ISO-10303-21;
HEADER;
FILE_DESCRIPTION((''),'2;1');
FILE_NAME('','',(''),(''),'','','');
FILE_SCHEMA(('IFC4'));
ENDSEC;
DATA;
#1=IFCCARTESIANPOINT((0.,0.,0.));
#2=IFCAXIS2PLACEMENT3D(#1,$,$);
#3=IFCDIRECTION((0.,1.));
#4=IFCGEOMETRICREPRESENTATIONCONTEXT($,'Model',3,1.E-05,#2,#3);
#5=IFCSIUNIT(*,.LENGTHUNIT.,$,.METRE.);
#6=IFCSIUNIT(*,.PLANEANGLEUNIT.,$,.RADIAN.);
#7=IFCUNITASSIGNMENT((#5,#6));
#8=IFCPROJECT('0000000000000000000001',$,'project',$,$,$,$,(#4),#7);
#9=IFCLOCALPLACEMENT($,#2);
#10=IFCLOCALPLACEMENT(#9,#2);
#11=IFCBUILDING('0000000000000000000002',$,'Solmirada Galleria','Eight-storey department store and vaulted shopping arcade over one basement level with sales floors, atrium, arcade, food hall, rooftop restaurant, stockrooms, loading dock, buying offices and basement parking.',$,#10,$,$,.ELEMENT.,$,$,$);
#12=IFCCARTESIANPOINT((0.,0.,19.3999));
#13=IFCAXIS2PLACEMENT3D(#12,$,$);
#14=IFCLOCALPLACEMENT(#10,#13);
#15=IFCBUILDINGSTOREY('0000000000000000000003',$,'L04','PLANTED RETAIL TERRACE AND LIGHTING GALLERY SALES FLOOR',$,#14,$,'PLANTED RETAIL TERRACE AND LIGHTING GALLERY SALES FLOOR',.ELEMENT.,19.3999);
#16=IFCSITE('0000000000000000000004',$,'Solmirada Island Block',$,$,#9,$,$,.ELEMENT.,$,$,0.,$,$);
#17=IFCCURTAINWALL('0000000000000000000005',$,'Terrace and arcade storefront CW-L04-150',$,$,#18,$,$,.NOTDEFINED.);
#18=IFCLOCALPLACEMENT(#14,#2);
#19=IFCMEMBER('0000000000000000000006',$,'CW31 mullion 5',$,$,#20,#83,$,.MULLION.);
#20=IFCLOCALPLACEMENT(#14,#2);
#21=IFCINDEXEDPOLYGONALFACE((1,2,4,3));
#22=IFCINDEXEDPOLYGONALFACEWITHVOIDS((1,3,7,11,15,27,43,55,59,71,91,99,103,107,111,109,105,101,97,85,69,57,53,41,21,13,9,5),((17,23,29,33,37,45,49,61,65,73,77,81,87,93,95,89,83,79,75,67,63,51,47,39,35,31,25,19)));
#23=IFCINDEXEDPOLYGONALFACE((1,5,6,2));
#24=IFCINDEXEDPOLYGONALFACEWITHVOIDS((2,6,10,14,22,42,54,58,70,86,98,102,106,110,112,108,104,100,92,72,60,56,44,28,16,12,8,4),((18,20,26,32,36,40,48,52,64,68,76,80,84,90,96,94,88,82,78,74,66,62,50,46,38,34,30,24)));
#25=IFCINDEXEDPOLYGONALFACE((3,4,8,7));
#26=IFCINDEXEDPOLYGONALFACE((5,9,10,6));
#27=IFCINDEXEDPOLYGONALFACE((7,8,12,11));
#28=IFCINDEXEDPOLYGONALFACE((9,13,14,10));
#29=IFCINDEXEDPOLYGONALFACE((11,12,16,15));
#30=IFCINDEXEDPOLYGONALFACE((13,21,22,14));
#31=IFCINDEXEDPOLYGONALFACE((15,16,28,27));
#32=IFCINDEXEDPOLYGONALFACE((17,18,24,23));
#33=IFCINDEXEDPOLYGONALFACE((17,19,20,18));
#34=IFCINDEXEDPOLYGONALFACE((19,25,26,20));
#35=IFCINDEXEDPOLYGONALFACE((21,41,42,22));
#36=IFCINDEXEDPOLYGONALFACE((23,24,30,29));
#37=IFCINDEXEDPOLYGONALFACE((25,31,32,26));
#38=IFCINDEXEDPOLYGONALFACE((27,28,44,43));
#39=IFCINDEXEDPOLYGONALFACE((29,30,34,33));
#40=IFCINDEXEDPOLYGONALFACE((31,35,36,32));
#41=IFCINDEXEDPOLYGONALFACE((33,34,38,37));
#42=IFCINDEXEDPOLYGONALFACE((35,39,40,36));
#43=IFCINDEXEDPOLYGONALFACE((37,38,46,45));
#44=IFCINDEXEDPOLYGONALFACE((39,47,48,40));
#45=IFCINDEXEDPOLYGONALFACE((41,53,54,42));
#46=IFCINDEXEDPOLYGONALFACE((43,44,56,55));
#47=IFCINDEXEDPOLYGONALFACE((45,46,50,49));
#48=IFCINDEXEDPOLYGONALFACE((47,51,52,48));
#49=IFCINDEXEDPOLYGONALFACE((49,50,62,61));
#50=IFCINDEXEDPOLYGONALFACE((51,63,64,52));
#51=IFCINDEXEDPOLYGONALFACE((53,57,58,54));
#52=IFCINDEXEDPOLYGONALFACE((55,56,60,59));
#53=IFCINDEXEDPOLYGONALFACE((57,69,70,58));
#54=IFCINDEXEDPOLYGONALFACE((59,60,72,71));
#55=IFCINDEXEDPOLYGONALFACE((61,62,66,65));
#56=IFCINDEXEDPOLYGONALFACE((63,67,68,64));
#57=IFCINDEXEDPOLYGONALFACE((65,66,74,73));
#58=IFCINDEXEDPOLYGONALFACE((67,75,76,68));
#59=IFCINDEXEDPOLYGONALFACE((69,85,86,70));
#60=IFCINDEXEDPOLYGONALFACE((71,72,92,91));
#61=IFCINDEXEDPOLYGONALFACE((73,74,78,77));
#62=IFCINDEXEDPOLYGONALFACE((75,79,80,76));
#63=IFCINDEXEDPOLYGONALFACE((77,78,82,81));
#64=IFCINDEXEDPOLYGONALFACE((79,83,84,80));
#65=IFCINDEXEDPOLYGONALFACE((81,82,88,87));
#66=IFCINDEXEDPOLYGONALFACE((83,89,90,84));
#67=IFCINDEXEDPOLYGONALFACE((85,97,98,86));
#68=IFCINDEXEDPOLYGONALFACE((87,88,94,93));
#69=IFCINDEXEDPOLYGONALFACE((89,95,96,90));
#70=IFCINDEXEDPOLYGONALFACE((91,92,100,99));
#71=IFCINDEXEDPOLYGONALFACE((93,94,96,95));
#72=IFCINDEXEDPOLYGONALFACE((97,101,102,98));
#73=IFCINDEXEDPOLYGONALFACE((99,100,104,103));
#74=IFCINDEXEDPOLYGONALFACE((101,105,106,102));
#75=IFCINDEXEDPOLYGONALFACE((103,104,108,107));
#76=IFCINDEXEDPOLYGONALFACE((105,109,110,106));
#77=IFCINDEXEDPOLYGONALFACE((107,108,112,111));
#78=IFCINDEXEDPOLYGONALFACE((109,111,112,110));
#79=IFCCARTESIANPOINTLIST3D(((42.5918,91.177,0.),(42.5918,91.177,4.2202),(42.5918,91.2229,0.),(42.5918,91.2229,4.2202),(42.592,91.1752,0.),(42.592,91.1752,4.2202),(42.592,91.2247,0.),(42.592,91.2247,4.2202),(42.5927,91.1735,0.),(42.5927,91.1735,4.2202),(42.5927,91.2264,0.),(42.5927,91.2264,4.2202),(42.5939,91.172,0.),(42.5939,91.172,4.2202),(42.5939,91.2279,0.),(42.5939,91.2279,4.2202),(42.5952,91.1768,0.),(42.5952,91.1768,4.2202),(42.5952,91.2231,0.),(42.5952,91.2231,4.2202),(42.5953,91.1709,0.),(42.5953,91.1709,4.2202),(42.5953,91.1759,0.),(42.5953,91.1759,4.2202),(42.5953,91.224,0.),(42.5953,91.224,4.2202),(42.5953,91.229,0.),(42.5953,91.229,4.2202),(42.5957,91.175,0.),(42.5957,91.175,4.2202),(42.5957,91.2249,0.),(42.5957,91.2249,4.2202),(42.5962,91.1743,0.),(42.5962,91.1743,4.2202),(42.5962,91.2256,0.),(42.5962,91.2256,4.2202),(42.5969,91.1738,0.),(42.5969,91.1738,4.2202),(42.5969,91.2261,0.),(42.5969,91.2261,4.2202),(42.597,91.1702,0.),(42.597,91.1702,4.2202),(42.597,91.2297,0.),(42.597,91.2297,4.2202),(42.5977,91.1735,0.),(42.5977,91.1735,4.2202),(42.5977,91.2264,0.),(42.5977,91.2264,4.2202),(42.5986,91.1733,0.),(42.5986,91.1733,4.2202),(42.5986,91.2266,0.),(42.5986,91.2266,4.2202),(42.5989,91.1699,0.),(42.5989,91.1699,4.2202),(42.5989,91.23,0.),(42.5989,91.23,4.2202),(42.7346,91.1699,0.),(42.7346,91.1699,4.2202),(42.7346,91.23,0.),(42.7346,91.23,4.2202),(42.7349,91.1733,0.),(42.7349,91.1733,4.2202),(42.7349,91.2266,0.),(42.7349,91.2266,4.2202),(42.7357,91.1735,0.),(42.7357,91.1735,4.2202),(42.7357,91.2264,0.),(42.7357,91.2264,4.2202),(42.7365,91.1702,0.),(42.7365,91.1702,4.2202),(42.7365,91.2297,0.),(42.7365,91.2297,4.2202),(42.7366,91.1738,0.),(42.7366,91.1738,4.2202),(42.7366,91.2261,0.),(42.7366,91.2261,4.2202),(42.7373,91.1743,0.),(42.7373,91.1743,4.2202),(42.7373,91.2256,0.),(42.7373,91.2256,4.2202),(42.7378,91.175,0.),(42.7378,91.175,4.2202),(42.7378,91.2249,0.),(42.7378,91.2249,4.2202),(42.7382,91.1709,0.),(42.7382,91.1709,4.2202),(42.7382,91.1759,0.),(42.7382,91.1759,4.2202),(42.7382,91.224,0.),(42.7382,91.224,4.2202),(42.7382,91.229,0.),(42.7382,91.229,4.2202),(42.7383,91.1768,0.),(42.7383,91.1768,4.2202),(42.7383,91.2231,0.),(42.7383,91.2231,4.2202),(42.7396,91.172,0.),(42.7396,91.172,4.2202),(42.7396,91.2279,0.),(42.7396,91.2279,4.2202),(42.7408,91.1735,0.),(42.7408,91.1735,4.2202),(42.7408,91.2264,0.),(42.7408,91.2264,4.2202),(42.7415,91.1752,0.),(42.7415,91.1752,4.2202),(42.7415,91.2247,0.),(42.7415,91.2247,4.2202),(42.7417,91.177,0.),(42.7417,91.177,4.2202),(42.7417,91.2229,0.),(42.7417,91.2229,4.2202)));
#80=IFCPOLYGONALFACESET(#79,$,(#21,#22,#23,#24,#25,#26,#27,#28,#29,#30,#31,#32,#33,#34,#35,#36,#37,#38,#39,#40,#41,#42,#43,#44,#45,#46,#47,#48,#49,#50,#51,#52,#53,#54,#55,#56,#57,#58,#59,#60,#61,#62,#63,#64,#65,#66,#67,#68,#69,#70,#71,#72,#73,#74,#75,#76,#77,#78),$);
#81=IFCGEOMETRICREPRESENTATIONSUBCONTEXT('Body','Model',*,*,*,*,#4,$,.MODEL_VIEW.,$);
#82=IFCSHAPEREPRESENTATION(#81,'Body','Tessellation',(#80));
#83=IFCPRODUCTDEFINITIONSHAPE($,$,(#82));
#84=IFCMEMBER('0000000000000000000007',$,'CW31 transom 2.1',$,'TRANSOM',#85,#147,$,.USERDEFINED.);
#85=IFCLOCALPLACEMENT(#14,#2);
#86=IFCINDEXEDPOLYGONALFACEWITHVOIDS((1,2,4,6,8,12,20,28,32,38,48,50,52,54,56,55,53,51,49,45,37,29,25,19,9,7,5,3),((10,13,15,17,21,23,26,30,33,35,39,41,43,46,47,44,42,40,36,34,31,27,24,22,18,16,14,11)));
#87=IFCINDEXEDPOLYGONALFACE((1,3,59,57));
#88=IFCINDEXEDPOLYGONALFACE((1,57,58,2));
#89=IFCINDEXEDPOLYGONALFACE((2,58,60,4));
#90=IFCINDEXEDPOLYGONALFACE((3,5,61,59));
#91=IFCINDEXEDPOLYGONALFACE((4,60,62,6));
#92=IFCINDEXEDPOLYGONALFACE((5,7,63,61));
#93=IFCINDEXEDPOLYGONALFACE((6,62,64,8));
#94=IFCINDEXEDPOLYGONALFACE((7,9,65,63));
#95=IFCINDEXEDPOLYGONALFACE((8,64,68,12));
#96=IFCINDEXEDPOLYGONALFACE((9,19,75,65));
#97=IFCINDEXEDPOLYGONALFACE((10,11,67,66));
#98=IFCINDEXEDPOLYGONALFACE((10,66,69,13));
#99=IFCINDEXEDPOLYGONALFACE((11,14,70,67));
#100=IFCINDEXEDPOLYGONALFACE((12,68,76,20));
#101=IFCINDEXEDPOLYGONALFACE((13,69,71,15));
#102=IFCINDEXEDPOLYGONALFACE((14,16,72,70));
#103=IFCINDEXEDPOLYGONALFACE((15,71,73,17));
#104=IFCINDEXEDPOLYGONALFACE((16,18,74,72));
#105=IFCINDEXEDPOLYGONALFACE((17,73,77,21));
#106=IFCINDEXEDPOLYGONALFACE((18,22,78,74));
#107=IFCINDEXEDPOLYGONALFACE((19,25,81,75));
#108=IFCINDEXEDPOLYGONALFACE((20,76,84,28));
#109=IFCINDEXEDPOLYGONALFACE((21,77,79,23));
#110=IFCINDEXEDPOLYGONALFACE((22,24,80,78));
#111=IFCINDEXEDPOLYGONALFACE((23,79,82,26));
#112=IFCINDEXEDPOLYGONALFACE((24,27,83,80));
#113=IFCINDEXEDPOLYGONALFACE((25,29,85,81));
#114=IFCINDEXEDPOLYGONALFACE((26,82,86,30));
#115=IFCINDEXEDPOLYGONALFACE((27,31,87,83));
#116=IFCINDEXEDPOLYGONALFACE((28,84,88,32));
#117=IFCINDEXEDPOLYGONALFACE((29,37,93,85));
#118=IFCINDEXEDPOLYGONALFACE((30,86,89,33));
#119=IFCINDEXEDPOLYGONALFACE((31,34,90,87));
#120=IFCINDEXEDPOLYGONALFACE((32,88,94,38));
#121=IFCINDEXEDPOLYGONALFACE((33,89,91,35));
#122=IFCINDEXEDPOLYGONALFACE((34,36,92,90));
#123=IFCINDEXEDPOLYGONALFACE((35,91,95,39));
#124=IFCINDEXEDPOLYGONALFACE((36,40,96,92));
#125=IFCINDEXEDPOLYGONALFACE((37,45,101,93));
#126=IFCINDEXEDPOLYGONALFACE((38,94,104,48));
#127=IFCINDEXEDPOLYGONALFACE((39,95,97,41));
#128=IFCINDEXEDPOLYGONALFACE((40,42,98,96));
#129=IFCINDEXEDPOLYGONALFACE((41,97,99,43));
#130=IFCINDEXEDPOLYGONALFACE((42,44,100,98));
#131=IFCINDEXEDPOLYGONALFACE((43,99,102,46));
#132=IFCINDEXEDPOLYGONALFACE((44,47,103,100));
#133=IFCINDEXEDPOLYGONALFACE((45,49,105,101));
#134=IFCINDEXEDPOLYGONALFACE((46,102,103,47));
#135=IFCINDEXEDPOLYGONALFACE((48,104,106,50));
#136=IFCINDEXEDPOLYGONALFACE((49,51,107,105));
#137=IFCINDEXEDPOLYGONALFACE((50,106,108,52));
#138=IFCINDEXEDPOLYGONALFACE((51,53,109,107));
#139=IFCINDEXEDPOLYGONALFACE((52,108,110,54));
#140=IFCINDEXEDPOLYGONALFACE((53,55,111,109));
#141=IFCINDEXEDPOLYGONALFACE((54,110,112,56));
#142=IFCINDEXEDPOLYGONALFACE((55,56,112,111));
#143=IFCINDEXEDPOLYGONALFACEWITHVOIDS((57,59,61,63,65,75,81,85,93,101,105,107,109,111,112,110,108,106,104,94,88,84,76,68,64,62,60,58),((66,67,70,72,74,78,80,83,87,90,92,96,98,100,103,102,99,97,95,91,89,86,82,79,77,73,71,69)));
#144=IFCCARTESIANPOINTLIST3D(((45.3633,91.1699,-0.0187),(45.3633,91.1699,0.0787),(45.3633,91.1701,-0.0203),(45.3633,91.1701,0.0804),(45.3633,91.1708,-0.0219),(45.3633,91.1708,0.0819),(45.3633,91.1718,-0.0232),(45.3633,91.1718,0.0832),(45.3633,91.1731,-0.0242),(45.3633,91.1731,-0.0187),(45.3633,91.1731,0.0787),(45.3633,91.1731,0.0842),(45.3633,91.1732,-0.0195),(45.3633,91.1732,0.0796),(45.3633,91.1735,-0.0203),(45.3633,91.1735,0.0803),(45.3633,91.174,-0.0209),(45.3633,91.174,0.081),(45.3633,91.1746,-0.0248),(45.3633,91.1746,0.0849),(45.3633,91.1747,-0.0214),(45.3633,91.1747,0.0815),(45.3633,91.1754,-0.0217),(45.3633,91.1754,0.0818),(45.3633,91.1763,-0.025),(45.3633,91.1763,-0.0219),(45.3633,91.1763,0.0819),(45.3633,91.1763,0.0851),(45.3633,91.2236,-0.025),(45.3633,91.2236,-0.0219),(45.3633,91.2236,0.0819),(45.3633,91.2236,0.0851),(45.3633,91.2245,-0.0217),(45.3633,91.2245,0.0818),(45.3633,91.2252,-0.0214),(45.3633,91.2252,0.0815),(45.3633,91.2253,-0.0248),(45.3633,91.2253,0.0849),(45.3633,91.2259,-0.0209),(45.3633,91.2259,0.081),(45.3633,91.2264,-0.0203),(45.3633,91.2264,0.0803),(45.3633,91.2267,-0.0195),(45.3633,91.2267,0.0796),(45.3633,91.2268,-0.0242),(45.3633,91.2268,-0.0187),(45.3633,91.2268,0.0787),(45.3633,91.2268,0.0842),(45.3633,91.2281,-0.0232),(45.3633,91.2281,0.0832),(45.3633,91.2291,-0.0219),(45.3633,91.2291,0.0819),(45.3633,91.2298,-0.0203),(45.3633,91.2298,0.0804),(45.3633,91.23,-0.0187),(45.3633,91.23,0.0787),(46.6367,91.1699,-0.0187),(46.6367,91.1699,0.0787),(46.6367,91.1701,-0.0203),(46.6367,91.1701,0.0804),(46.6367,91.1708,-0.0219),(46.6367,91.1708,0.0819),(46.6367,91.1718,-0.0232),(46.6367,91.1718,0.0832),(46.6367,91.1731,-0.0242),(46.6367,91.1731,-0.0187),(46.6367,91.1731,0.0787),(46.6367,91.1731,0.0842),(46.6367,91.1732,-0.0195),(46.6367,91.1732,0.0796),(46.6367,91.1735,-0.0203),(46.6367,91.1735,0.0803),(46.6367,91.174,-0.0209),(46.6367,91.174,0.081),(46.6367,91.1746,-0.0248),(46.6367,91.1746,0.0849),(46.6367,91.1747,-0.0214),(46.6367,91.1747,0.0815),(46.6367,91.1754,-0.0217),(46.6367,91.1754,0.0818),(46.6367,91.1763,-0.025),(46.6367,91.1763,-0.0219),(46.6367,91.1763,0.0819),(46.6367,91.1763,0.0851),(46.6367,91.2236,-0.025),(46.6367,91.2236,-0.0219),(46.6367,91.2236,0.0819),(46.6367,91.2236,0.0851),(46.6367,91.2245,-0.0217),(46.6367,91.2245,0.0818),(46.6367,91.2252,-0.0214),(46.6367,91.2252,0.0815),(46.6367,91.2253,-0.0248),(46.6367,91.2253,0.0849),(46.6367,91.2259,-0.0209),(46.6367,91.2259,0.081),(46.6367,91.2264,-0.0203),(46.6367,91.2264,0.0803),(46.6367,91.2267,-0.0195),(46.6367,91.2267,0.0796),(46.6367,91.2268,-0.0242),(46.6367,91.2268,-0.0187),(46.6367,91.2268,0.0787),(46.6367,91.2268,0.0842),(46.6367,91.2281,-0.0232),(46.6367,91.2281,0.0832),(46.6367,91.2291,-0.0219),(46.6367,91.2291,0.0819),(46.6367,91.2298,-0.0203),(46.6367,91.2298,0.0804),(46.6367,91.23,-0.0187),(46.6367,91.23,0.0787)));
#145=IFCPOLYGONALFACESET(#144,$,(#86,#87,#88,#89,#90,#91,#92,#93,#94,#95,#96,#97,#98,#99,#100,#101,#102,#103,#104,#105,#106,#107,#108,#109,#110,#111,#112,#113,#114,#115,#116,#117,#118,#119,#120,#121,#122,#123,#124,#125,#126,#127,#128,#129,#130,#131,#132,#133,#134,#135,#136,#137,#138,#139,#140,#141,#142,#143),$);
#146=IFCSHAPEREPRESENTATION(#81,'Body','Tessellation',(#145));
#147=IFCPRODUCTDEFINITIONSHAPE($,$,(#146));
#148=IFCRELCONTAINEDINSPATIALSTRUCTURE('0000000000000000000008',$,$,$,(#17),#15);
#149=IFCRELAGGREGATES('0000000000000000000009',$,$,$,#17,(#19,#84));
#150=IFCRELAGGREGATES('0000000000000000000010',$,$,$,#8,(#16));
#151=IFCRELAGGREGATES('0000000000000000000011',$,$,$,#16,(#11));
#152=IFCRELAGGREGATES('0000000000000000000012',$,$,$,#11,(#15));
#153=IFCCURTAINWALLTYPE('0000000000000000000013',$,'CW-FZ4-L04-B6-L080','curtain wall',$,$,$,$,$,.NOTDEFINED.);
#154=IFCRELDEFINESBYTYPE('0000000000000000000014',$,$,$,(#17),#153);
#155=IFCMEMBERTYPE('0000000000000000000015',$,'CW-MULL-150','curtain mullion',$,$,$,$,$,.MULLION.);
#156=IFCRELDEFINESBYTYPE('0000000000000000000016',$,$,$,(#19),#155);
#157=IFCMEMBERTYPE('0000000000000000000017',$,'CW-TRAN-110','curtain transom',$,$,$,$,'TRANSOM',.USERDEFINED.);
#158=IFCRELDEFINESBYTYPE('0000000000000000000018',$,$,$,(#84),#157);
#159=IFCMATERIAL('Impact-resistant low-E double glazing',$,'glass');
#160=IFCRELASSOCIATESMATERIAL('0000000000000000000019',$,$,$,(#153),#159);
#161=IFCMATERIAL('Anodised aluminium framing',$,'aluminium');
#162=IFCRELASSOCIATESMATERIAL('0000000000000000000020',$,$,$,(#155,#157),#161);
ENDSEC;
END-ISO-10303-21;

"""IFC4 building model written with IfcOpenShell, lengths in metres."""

from ifc_helpers import new_model, si_unit, direction, frame, origin, origin_2d, place, context, subcontext, project, spatial, hollow_rectangle, extrude, material, material_profile, profile_set, type_object, element, aggregate, save


model = new_model("IFC4")

# Units and contexts
model_context = context("Model", 3, precision=1e-05, world=origin(), true_north=direction((0.0, 1.0)))
body_context = subcontext(model_context, "Body", "Model", "MODEL_VIEW")
ifc_project = project(units=[si_unit("LENGTHUNIT", "METRE"), si_unit("PLANEANGLEUNIT", "RADIAN")], contexts=[model_context])

# Site, building, storey
site_placement = place(None, origin())
site = spatial("IfcSite", under=ifc_project, at=site_placement, Name="Solmirada Island Block", CompositionType="ELEMENT", RefElevation=0.0)
building_placement = place(site_placement, origin())
building = spatial("IfcBuilding", under=site, at=building_placement, Name="Solmirada Galleria", Description="Eight-storey department store and vaulted shopping arcade over one basement level with sales floors, atrium, arcade, food hall, rooftop restaurant, stockrooms, loading dock, buying offices and basement parking.", CompositionType="ELEMENT")
storey_placement = place(building_placement, frame((0.0, 0.0, 19.3999)))
storey = spatial("IfcBuildingStorey", under=building, at=storey_placement, Name="L04", Description="PLANTED RETAIL TERRACE AND LIGHTING GALLERY SALES FLOOR", LongName="PLANTED RETAIL TERRACE AND LIGHTING GALLERY SALES FLOOR", CompositionType="ELEMENT", Elevation=19.3999)

# Curtain wall, members
ifc_material_1 = material(Name="Impact-resistant low-E double glazing", Category="glass")
curtain_wall_type = type_object("IfcCurtainWallType", Name="CW-FZ4-L04-B6-L080", Description="curtain wall", PredefinedType="NOTDEFINED", material=ifc_material_1)
curtain_wall_placement = place(storey_placement, origin())
curtain_wall = element("IfcCurtainWall", 1, at=curtain_wall_placement, inside=storey, type_object=curtain_wall_type, Name="Terrace and arcade storefront CW-L04-150", PredefinedType="NOTDEFINED")
ifc_material_2 = material(Name="Anodised aluminium framing", Category="aluminium")
ifc_material_profile_1 = material_profile(ifc_material_2, hollow_rectangle(XDim=0.0601, YDim=0.1499, WallThickness=0.0034, InnerFilletRadius=0.0034, OuterFilletRadius=0.0071, at=origin_2d()), Name="ALU-MULL-150X60")
ifc_profile_set_1 = profile_set([ifc_material_profile_1], Name="Anodised aluminium framing")
member_type_1 = type_object("IfcMemberType", Name="CW-MULL-150", Description="curtain mullion", PredefinedType="MULLION", material=ifc_profile_set_1)
member_1_placement = place(storey_placement, frame((42.6667, 91.2, 0.0), z_axis=(0.0, 0.0, 1.0), x_axis=(0.0, -1.0, 0.0)))
member_1 = element("IfcMember", 2, at=member_1_placement, type_object=member_type_1, Name="CW31 mullion 5", PredefinedType="MULLION", context=body_context, shape_type="SweptSolid", body=[
    extrude(hollow_rectangle(XDim=0.0601, YDim=0.1499, WallThickness=0.0034, InnerFilletRadius=0.0034, OuterFilletRadius=0.0071, at=origin_2d()), origin(), (0.0, 0.0, 1.0), 4.2202),
])
ifc_material_profile_2 = material_profile(ifc_material_2, hollow_rectangle(XDim=0.0601, YDim=0.1101, WallThickness=0.0032, InnerFilletRadius=0.0032, OuterFilletRadius=0.0063, at=origin_2d()), Name="ALU-TRAN-110X60")
ifc_profile_set_2 = profile_set([ifc_material_profile_2], Name="Anodised aluminium framing")
member_type_2 = type_object("IfcMemberType", Name="CW-TRAN-110", Description="curtain transom", ElementType="TRANSOM", PredefinedType="USERDEFINED", material=ifc_profile_set_2)
member_2_placement = place(storey_placement, frame((46.6367, 91.2, 0.03), z_axis=(-1.0, 0.0, 0.0), x_axis=(0.0, -1.0, 0.0)))
member_2 = element("IfcMember", 3, at=member_2_placement, type_object=member_type_2, Name="CW31 transom 2.1", ObjectType="TRANSOM", PredefinedType="USERDEFINED", context=body_context, shape_type="SweptSolid", body=[
    extrude(hollow_rectangle(XDim=0.0601, YDim=0.1101, WallThickness=0.0032, InnerFilletRadius=0.0032, OuterFilletRadius=0.0063, at=origin_2d()), origin(), (0.0, 0.0, 1.0), 1.2734),
])
aggregate(curtain_wall, [member_1, member_2])

save(model, "model.ifc")
